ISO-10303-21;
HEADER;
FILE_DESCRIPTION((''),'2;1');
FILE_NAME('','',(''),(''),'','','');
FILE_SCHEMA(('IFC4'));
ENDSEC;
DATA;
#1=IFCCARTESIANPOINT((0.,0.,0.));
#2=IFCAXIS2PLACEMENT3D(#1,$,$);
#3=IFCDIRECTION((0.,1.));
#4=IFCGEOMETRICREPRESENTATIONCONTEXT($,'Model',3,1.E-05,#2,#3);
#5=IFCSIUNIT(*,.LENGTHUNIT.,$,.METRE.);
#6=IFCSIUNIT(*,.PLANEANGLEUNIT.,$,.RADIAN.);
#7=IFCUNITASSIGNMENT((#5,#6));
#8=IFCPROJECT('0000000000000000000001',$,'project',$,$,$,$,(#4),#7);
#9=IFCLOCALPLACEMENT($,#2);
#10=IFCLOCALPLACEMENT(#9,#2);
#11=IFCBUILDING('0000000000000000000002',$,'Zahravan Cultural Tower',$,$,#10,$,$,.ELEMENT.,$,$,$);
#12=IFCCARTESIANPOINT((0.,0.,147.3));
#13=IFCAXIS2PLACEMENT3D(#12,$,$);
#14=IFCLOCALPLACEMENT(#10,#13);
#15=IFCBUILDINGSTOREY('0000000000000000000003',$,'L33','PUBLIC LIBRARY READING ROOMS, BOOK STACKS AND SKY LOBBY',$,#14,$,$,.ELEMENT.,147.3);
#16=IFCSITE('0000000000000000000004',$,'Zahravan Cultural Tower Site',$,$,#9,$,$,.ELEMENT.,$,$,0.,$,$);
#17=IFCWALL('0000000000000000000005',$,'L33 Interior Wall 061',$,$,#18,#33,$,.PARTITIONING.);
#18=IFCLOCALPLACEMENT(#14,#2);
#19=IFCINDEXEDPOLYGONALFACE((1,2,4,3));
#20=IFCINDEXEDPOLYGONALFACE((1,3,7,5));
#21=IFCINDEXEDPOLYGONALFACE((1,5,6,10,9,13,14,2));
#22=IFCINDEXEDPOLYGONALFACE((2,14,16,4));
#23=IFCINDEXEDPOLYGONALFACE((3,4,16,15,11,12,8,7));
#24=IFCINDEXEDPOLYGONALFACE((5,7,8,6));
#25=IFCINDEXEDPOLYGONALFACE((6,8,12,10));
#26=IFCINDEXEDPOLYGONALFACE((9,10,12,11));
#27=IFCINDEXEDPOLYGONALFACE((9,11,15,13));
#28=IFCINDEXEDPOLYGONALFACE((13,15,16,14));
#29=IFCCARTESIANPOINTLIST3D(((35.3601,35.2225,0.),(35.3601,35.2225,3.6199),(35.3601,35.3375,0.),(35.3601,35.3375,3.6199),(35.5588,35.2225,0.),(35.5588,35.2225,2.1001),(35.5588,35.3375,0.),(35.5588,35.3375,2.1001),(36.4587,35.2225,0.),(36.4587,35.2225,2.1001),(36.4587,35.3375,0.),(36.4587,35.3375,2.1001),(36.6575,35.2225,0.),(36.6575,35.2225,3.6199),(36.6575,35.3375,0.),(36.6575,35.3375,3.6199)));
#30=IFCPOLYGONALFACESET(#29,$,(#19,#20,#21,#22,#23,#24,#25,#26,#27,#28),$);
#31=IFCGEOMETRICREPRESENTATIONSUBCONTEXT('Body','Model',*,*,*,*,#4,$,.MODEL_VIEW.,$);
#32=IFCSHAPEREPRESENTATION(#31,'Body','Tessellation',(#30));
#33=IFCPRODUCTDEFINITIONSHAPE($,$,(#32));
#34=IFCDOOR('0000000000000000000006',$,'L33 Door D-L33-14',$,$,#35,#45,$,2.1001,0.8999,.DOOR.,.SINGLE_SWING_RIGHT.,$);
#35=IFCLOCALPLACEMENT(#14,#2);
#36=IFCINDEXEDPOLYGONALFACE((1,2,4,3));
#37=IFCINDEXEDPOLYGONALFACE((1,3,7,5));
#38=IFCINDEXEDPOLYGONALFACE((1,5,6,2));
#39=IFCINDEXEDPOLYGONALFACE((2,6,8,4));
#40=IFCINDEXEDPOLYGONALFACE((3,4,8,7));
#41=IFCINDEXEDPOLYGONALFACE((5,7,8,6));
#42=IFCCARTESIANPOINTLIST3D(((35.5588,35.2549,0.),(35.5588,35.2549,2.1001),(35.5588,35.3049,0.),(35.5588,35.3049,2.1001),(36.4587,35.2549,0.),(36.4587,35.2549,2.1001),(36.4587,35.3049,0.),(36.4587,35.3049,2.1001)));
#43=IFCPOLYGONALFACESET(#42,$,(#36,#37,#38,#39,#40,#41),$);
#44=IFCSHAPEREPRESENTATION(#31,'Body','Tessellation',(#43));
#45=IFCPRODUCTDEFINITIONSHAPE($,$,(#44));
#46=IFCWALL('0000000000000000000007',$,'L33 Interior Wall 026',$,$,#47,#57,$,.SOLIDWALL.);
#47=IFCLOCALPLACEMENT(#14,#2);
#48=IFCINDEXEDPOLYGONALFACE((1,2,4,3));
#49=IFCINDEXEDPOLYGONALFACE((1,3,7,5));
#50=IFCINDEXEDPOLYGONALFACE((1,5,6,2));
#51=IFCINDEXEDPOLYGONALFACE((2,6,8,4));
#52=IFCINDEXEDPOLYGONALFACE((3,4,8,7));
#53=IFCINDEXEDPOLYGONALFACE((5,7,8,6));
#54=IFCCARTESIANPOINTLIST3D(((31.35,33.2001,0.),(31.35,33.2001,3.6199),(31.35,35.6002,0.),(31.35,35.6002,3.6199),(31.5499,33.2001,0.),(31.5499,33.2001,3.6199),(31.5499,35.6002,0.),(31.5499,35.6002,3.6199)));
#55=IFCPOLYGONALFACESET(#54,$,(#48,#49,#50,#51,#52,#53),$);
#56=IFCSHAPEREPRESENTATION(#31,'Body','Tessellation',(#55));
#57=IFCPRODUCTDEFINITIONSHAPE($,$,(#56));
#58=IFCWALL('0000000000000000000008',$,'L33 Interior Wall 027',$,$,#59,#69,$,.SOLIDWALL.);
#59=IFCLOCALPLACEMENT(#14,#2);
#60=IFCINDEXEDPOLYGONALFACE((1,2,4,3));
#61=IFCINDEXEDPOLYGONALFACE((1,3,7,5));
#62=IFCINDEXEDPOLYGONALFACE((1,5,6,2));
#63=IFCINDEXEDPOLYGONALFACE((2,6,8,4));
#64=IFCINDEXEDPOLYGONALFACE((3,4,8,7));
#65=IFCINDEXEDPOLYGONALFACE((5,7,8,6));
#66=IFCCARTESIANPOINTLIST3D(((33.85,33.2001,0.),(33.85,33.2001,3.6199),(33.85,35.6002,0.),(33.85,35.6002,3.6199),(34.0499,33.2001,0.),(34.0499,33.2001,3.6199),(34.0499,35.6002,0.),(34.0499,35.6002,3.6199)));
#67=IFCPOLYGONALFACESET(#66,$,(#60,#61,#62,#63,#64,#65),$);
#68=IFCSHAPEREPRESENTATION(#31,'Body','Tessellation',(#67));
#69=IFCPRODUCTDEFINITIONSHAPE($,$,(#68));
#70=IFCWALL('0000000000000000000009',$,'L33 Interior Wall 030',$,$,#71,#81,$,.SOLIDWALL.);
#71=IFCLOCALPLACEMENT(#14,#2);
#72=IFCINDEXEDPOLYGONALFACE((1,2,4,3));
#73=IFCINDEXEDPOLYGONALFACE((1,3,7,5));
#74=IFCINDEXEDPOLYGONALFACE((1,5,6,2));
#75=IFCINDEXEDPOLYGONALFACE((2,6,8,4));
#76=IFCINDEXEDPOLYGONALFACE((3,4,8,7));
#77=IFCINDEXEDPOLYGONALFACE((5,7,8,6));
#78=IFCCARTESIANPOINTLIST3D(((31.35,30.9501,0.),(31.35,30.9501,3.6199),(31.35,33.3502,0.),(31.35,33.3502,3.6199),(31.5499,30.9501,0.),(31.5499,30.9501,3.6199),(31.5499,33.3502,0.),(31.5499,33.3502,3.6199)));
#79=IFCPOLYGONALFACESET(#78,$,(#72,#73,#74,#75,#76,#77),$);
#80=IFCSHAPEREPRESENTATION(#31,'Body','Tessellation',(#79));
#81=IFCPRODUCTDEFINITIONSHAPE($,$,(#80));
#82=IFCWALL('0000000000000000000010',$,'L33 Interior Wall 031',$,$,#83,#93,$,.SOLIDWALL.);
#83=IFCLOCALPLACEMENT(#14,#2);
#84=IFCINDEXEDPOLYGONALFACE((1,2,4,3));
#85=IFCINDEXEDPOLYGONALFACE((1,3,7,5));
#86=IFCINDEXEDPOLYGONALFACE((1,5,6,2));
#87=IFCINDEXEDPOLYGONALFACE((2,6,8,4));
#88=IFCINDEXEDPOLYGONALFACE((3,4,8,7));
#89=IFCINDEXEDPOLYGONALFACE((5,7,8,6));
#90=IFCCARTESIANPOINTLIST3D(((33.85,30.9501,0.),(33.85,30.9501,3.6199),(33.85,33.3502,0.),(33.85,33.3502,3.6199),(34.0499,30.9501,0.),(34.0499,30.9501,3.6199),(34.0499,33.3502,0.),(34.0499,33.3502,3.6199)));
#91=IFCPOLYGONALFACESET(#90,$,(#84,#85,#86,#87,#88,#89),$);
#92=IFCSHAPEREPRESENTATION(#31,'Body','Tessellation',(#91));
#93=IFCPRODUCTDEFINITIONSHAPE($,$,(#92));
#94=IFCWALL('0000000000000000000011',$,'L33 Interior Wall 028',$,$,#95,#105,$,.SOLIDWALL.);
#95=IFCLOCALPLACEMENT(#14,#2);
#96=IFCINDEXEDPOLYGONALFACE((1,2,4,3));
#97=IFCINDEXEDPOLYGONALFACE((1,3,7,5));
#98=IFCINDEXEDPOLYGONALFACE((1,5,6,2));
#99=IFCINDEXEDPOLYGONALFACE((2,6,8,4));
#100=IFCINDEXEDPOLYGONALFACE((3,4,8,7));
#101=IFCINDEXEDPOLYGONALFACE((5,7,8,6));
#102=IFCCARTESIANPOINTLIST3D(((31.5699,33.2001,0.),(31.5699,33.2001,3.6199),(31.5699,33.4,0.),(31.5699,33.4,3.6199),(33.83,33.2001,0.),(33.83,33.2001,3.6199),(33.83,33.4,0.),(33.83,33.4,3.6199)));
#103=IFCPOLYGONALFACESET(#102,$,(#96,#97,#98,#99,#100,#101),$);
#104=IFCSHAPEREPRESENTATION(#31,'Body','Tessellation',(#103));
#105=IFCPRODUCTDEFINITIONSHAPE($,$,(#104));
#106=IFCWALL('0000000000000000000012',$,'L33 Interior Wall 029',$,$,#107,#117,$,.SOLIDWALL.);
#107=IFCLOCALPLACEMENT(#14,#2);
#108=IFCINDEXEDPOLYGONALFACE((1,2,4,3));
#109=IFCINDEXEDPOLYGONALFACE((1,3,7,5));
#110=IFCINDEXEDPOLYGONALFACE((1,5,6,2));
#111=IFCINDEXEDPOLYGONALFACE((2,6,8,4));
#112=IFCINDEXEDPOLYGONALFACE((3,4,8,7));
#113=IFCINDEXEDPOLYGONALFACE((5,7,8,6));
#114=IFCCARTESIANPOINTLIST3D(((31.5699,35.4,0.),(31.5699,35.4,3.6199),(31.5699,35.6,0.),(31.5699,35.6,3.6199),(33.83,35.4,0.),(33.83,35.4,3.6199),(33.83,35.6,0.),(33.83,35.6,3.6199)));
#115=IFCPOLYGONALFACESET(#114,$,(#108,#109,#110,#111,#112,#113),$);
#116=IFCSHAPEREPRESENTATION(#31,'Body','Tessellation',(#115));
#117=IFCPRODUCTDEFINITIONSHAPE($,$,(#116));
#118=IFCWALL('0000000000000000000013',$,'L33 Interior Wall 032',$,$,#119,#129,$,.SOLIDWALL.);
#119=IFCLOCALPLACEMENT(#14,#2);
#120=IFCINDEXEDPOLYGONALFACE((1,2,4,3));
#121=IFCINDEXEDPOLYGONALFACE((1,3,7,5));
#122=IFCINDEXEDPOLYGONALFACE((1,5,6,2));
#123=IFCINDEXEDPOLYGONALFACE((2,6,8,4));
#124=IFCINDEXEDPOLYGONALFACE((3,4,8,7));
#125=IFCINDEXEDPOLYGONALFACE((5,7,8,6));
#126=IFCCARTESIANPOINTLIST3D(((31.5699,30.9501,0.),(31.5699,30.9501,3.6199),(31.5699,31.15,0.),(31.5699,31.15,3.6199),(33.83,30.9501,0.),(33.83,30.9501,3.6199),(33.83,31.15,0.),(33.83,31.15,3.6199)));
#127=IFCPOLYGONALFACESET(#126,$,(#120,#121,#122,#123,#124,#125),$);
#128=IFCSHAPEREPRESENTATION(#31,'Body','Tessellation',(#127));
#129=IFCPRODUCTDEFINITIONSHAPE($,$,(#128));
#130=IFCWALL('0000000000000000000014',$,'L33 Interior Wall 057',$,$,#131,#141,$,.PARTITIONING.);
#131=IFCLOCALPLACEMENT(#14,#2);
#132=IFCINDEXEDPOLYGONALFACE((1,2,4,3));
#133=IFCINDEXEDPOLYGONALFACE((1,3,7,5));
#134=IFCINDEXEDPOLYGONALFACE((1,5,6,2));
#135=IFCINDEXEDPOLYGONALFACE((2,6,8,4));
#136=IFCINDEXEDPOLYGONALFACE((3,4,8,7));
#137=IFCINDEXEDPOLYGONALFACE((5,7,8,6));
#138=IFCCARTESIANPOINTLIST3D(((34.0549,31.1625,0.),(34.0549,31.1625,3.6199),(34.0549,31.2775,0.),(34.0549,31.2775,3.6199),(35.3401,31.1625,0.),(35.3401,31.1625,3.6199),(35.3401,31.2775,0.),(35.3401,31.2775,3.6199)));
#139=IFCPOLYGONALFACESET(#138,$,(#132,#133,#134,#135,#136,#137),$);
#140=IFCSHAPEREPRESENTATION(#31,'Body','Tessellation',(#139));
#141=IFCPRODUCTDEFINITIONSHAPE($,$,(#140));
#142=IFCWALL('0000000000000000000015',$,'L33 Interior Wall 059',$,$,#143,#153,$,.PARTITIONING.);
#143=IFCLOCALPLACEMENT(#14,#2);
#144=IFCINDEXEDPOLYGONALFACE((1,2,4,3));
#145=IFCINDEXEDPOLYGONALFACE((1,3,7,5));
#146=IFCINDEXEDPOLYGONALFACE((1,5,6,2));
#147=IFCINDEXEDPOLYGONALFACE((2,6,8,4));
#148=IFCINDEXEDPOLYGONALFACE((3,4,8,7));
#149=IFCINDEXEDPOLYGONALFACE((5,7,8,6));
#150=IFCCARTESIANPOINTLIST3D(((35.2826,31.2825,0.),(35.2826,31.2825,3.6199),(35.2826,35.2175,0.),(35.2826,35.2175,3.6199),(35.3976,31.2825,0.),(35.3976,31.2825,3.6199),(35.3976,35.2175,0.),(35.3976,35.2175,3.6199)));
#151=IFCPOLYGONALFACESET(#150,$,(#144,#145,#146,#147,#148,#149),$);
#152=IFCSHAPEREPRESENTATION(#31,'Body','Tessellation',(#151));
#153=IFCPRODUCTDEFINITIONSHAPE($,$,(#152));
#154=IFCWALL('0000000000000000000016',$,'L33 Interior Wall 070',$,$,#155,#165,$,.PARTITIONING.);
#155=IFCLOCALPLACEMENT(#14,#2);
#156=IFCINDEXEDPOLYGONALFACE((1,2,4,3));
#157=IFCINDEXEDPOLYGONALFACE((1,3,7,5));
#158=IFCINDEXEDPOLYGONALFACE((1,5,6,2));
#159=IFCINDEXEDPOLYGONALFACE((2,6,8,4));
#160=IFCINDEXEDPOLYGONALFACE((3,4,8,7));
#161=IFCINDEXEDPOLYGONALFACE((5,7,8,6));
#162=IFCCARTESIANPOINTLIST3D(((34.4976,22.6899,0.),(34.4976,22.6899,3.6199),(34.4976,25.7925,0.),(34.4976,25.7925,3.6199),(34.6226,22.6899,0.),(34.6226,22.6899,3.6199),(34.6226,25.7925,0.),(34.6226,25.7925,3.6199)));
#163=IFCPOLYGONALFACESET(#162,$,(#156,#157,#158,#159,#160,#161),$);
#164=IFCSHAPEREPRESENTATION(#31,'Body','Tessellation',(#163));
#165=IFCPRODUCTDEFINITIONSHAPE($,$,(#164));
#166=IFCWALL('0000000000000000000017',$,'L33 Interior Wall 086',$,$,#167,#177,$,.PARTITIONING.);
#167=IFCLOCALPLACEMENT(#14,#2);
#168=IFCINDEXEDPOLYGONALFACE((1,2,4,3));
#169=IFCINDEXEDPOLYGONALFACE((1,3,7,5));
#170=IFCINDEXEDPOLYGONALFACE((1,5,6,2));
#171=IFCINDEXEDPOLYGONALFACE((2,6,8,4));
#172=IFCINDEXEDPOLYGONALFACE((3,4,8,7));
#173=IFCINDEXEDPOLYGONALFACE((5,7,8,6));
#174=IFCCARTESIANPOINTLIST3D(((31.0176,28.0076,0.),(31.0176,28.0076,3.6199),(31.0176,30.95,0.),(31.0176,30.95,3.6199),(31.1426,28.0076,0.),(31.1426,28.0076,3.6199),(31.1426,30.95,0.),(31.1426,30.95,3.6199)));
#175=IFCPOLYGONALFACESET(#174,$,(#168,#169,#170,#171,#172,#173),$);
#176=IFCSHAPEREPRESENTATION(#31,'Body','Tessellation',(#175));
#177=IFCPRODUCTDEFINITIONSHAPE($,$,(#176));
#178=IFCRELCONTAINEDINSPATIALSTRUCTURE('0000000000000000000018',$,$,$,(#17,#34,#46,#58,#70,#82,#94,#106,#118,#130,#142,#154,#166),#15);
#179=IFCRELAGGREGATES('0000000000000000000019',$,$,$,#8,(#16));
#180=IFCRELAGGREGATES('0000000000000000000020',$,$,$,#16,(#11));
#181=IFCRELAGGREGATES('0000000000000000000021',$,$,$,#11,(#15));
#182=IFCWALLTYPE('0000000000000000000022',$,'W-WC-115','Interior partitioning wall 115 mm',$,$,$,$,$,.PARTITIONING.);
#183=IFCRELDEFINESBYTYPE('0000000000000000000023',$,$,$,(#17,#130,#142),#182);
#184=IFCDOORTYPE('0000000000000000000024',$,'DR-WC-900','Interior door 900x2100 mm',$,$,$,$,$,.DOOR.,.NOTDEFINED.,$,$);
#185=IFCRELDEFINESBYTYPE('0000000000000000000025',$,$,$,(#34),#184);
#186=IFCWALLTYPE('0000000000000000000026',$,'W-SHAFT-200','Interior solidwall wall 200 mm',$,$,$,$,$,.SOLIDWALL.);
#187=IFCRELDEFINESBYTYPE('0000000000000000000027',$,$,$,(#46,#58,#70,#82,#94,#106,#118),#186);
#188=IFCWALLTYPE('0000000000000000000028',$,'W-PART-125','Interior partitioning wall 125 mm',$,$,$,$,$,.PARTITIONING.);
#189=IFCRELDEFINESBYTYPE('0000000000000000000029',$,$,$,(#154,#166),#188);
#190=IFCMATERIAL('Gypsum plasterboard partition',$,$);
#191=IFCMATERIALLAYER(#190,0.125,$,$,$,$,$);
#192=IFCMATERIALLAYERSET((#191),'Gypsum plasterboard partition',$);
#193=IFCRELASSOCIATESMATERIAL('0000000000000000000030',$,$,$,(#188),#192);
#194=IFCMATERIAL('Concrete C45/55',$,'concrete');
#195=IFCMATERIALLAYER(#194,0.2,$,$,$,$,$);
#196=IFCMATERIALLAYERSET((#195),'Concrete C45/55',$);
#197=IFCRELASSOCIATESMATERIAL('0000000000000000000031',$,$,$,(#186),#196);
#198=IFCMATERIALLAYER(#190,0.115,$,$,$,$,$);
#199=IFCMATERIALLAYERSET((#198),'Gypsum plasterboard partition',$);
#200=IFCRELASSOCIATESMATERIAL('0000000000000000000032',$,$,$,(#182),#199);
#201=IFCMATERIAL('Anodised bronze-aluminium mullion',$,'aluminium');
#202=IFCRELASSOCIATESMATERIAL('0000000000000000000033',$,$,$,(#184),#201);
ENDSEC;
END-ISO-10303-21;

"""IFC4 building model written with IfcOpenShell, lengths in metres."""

from ifc_helpers import new_model, si_unit, direction, frame, frame_2d, origin, place, context, subcontext, project, spatial, rectangle, extrude, source, transform, mapped, material, layer, layer_set, type_object, element, fill, save


model = new_model("IFC4")

# Units and contexts
model_context = context("Model", 3, precision=1e-05, world=origin(), true_north=direction((0.0, 1.0)))
body_context = subcontext(model_context, "Body", "Model", "MODEL_VIEW")
ifc_project = project(units=[si_unit("LENGTHUNIT", "METRE"), si_unit("PLANEANGLEUNIT", "RADIAN")], contexts=[model_context])

# Site, building, storey
site_placement = place(None, origin())
site = spatial("IfcSite", under=ifc_project, at=site_placement, Name="Zahravan Cultural Tower Site", CompositionType="ELEMENT", RefElevation=0.0)
building_placement = place(site_placement, origin())
building = spatial("IfcBuilding", under=site, at=building_placement, Name="Zahravan Cultural Tower", CompositionType="ELEMENT")
storey_placement = place(building_placement, frame((0.0, 0.0, 147.3)))
storey = spatial("IfcBuildingStorey", under=building, at=storey_placement, Name="L33", Description="PUBLIC LIBRARY READING ROOMS, BOOK STACKS AND SKY LOBBY", CompositionType="ELEMENT", Elevation=147.3)

# Wall, opening, door
ifc_material_1 = material(Name="Gypsum plasterboard partition")
ifc_layer_1 = layer(ifc_material_1, 0.125)
ifc_layer_set_1 = layer_set([ifc_layer_1], Name="Gypsum plasterboard partition")
wall_type_1 = type_object("IfcWallType", Name="W-PART-125", Description="Interior partitioning wall 125 mm", PredefinedType="PARTITIONING", material=ifc_layer_set_1)
ifc_material_2 = material(Name="Anodised bronze-aluminium mullion", Category="aluminium")
ifc_material_3 = material(Name="Concrete C45/55", Category="concrete")
ifc_layer_2 = layer(ifc_material_3, 0.2)
ifc_layer_set_2 = layer_set([ifc_layer_2], Name="Concrete C45/55")
wall_type_2 = type_object("IfcWallType", Name="W-SHAFT-200", Description="Interior solidwall wall 200 mm", PredefinedType="SOLIDWALL", material=ifc_layer_set_2)
ifc_layer_3 = layer(ifc_material_1, 0.115)
ifc_layer_set_3 = layer_set([ifc_layer_3], Name="Gypsum plasterboard partition")
wall_type_3 = type_object("IfcWallType", Name="W-WC-115", Description="Interior partitioning wall 115 mm", PredefinedType="PARTITIONING", material=ifc_layer_set_3)
door_type_1 = type_object("IfcDoorType", Name="DR-WC-900", Description="Interior door 900x2100 mm", OperationType="NOTDEFINED", PredefinedType="DOOR", material=ifc_material_2)
shared_shape_1 = source(origin(), body_context, "Body", "SweptSolid", [
    extrude(rectangle(XDim=0.8999, YDim=2.1001, at=frame_2d((0.45, 1.05))), frame((0.0, 0.0249, 0.0), z_axis=(0.0, -1.0, 0.0), x_axis=(1.0, 0.0, 0.0)), (0.0, 0.0, 1.0), 0.05),
])
wall_1_placement = place(storey_placement, frame((35.3601, 35.28, 0.0), z_axis=(0.0, 0.0, 1.0), x_axis=(1.0, 0.0, 0.0)))
wall_1 = element("IfcWall", 1, at=wall_1_placement, inside=storey, type_object=wall_type_3, Name="L33 Interior Wall 061", PredefinedType="PARTITIONING", context=body_context, shape_type="SweptSolid", body=[
    extrude(rectangle(XDim=1.2974, YDim=0.115, at=frame_2d((0.6487, 0.0))), origin(), (0.0, 0.0, 1.0), 3.6199),
])
opening_1_placement = place(wall_1_placement, frame((0.1987, 0.0, 0.0)))
opening_1 = element("IfcOpeningElement", 2, at=opening_1_placement, cuts=wall_1, PredefinedType="OPENING", context=body_context, shape_type="SweptSolid", body=[
    extrude(rectangle(XDim=0.8999, YDim=2.1001, at=frame_2d((0.45, 1.05))), frame((0.0, 0.0674, 0.0), z_axis=(0.0, -1.0, 0.0), x_axis=(1.0, 0.0, 0.0)), (0.0, 0.0, 1.0), 0.135),
])
door_1_placement = place(opening_1_placement, origin())
door_1 = element("IfcDoor", 3, at=door_1_placement, inside=storey, type_object=door_type_1, Name="L33 Door D-L33-14", OperationType="SINGLE_SWING_RIGHT", OverallHeight=2.1001, OverallWidth=0.8999, PredefinedType="DOOR", context=body_context, shape_type="MappedRepresentation", body=[
    mapped(shared_shape_1, transform((0.0, 0.0, 0.0), x_axis=(1.0, 0.0, 0.0), y_axis=(0.0, 1.0, 0.0), z_axis=(0.0, 0.0, 1.0), scale=1.0)),
])
fill(opening_1, door_1)

# Walls
shared_shape_2 = source(origin(), body_context, "Body", "SweptSolid", [
    extrude(rectangle(XDim=2.4001, YDim=0.2, at=frame_2d((1.2002, 0.0))), origin(), (0.0, 0.0, 1.0), 3.6199),
])
for number, where, z_axis, x_axis, name in (
    (4, (31.45, 33.2, 0.0), (0.0, 0.0, 1.0), (0.0, 1.0, 0.0), "L33 Interior Wall 026"),
    (5, (33.95, 33.2, 0.0), (0.0, 0.0, 1.0), (0.0, 1.0, 0.0), "L33 Interior Wall 027"),
    (6, (31.45, 30.95, 0.0), (0.0, 0.0, 1.0), (0.0, 1.0, 0.0), "L33 Interior Wall 030"),
    (7, (33.95, 30.95, 0.0), (0.0, 0.0, 1.0), (0.0, 1.0, 0.0), "L33 Interior Wall 031"),
):
    element("IfcWall", number, at=place(storey_placement, frame(where, z_axis=z_axis, x_axis=x_axis)), inside=storey, type_object=wall_type_2, Name=name, PredefinedType="SOLIDWALL", context=body_context, shape_type="MappedRepresentation", body=[
        mapped(shared_shape_2, transform((0.0, 0.0, 0.0), x_axis=(1.0, 0.0, 0.0), y_axis=(0.0, 1.0, 0.0), z_axis=(0.0, 0.0, 1.0), scale=1.0)),
    ])
shared_shape_3 = source(origin(), body_context, "Body", "SweptSolid", [
    extrude(rectangle(XDim=2.26, YDim=0.2, at=frame_2d((1.1299, 0.0))), origin(), (0.0, 0.0, 1.0), 3.6199),
])
for number, where, z_axis, x_axis, name in (
    (8, (31.5701, 33.3, 0.0), (0.0, 0.0, 1.0), (1.0, 0.0, 0.0), "L33 Interior Wall 028"),
    (9, (31.5701, 35.5, 0.0), (0.0, 0.0, 1.0), (1.0, 0.0, 0.0), "L33 Interior Wall 029"),
    (10, (31.5701, 31.05, 0.0), (0.0, 0.0, 1.0), (1.0, 0.0, 0.0), "L33 Interior Wall 032"),
):
    element("IfcWall", number, at=place(storey_placement, frame(where, z_axis=z_axis, x_axis=x_axis)), inside=storey, type_object=wall_type_2, Name=name, PredefinedType="SOLIDWALL", context=body_context, shape_type="MappedRepresentation", body=[
        mapped(shared_shape_3, transform((0.0, 0.0, 0.0), x_axis=(1.0, 0.0, 0.0), y_axis=(0.0, 1.0, 0.0), z_axis=(0.0, 0.0, 1.0), scale=1.0)),
    ])
shared_shape_4 = source(origin(), body_context, "Body", "SweptSolid", [
    extrude(rectangle(XDim=1.2852, YDim=0.115, at=frame_2d((0.6426, 0.0))), origin(), (0.0, 0.0, 1.0), 3.6199),
])
wall_2_placement = place(storey_placement, frame((35.3401, 31.22, 0.0), z_axis=(0.0, 0.0, 1.0), x_axis=(-1.0, 0.0, 0.0)))
element("IfcWall", 11, at=wall_2_placement, inside=storey, type_object=wall_type_3, Name="L33 Interior Wall 057", PredefinedType="PARTITIONING", context=body_context, shape_type="MappedRepresentation", body=[
    mapped(shared_shape_4, transform((0.0, 0.0, 0.0), x_axis=(1.0, 0.0, 0.0), y_axis=(0.0, 1.0, 0.0), z_axis=(0.0, 0.0, 1.0), scale=1.0)),
])
shared_shape_5 = source(origin(), body_context, "Body", "SweptSolid", [
    extrude(rectangle(XDim=3.9351, YDim=0.115, at=frame_2d((1.9675, 0.0))), origin(), (0.0, 0.0, 1.0), 3.6199),
])
wall_3_placement = place(storey_placement, frame((35.3401, 35.2175, 0.0), z_axis=(0.0, 0.0, 1.0), x_axis=(0.0, -1.0, 0.0)))
element("IfcWall", 12, at=wall_3_placement, inside=storey, type_object=wall_type_3, Name="L33 Interior Wall 059", PredefinedType="PARTITIONING", context=body_context, shape_type="MappedRepresentation", body=[
    mapped(shared_shape_5, transform((0.0, 0.0, 0.0), x_axis=(1.0, 0.0, 0.0), y_axis=(0.0, 1.0, 0.0), z_axis=(0.0, 0.0, 1.0), scale=1.0)),
])
shared_shape_6 = source(origin(), body_context, "Body", "SweptSolid", [
    extrude(rectangle(XDim=3.1025, YDim=0.125, at=frame_2d((1.5513, 0.0))), origin(), (0.0, 0.0, 1.0), 3.6199),
])
wall_4_placement = place(storey_placement, frame((34.5601, 25.7925, 0.0), z_axis=(0.0, 0.0, 1.0), x_axis=(0.0, -1.0, 0.0)))
element("IfcWall", 13, at=wall_4_placement, inside=storey, type_object=wall_type_1, Name="L33 Interior Wall 070", PredefinedType="PARTITIONING", context=body_context, shape_type="MappedRepresentation", body=[
    mapped(shared_shape_6, transform((0.0, 0.0, 0.0), x_axis=(1.0, 0.0, 0.0), y_axis=(0.0, 1.0, 0.0), z_axis=(0.0, 0.0, 1.0), scale=1.0)),
])
shared_shape_7 = source(origin(), body_context, "Body", "SweptSolid", [
    extrude(rectangle(XDim=2.9424, YDim=0.125, at=frame_2d((1.4712, 0.0))), origin(), (0.0, 0.0, 1.0), 3.6199),
])
wall_5_placement = place(storey_placement, frame((31.0801, 28.0076, 0.0), z_axis=(0.0, 0.0, 1.0), x_axis=(0.0, 1.0, 0.0)))
element("IfcWall", 14, at=wall_5_placement, inside=storey, type_object=wall_type_1, Name="L33 Interior Wall 086", PredefinedType="PARTITIONING", context=body_context, shape_type="MappedRepresentation", body=[
    mapped(shared_shape_7, transform((0.0, 0.0, 0.0), x_axis=(1.0, 0.0, 0.0), y_axis=(0.0, 1.0, 0.0), z_axis=(0.0, 0.0, 1.0), scale=1.0)),
])

save(model, "model.ifc")
